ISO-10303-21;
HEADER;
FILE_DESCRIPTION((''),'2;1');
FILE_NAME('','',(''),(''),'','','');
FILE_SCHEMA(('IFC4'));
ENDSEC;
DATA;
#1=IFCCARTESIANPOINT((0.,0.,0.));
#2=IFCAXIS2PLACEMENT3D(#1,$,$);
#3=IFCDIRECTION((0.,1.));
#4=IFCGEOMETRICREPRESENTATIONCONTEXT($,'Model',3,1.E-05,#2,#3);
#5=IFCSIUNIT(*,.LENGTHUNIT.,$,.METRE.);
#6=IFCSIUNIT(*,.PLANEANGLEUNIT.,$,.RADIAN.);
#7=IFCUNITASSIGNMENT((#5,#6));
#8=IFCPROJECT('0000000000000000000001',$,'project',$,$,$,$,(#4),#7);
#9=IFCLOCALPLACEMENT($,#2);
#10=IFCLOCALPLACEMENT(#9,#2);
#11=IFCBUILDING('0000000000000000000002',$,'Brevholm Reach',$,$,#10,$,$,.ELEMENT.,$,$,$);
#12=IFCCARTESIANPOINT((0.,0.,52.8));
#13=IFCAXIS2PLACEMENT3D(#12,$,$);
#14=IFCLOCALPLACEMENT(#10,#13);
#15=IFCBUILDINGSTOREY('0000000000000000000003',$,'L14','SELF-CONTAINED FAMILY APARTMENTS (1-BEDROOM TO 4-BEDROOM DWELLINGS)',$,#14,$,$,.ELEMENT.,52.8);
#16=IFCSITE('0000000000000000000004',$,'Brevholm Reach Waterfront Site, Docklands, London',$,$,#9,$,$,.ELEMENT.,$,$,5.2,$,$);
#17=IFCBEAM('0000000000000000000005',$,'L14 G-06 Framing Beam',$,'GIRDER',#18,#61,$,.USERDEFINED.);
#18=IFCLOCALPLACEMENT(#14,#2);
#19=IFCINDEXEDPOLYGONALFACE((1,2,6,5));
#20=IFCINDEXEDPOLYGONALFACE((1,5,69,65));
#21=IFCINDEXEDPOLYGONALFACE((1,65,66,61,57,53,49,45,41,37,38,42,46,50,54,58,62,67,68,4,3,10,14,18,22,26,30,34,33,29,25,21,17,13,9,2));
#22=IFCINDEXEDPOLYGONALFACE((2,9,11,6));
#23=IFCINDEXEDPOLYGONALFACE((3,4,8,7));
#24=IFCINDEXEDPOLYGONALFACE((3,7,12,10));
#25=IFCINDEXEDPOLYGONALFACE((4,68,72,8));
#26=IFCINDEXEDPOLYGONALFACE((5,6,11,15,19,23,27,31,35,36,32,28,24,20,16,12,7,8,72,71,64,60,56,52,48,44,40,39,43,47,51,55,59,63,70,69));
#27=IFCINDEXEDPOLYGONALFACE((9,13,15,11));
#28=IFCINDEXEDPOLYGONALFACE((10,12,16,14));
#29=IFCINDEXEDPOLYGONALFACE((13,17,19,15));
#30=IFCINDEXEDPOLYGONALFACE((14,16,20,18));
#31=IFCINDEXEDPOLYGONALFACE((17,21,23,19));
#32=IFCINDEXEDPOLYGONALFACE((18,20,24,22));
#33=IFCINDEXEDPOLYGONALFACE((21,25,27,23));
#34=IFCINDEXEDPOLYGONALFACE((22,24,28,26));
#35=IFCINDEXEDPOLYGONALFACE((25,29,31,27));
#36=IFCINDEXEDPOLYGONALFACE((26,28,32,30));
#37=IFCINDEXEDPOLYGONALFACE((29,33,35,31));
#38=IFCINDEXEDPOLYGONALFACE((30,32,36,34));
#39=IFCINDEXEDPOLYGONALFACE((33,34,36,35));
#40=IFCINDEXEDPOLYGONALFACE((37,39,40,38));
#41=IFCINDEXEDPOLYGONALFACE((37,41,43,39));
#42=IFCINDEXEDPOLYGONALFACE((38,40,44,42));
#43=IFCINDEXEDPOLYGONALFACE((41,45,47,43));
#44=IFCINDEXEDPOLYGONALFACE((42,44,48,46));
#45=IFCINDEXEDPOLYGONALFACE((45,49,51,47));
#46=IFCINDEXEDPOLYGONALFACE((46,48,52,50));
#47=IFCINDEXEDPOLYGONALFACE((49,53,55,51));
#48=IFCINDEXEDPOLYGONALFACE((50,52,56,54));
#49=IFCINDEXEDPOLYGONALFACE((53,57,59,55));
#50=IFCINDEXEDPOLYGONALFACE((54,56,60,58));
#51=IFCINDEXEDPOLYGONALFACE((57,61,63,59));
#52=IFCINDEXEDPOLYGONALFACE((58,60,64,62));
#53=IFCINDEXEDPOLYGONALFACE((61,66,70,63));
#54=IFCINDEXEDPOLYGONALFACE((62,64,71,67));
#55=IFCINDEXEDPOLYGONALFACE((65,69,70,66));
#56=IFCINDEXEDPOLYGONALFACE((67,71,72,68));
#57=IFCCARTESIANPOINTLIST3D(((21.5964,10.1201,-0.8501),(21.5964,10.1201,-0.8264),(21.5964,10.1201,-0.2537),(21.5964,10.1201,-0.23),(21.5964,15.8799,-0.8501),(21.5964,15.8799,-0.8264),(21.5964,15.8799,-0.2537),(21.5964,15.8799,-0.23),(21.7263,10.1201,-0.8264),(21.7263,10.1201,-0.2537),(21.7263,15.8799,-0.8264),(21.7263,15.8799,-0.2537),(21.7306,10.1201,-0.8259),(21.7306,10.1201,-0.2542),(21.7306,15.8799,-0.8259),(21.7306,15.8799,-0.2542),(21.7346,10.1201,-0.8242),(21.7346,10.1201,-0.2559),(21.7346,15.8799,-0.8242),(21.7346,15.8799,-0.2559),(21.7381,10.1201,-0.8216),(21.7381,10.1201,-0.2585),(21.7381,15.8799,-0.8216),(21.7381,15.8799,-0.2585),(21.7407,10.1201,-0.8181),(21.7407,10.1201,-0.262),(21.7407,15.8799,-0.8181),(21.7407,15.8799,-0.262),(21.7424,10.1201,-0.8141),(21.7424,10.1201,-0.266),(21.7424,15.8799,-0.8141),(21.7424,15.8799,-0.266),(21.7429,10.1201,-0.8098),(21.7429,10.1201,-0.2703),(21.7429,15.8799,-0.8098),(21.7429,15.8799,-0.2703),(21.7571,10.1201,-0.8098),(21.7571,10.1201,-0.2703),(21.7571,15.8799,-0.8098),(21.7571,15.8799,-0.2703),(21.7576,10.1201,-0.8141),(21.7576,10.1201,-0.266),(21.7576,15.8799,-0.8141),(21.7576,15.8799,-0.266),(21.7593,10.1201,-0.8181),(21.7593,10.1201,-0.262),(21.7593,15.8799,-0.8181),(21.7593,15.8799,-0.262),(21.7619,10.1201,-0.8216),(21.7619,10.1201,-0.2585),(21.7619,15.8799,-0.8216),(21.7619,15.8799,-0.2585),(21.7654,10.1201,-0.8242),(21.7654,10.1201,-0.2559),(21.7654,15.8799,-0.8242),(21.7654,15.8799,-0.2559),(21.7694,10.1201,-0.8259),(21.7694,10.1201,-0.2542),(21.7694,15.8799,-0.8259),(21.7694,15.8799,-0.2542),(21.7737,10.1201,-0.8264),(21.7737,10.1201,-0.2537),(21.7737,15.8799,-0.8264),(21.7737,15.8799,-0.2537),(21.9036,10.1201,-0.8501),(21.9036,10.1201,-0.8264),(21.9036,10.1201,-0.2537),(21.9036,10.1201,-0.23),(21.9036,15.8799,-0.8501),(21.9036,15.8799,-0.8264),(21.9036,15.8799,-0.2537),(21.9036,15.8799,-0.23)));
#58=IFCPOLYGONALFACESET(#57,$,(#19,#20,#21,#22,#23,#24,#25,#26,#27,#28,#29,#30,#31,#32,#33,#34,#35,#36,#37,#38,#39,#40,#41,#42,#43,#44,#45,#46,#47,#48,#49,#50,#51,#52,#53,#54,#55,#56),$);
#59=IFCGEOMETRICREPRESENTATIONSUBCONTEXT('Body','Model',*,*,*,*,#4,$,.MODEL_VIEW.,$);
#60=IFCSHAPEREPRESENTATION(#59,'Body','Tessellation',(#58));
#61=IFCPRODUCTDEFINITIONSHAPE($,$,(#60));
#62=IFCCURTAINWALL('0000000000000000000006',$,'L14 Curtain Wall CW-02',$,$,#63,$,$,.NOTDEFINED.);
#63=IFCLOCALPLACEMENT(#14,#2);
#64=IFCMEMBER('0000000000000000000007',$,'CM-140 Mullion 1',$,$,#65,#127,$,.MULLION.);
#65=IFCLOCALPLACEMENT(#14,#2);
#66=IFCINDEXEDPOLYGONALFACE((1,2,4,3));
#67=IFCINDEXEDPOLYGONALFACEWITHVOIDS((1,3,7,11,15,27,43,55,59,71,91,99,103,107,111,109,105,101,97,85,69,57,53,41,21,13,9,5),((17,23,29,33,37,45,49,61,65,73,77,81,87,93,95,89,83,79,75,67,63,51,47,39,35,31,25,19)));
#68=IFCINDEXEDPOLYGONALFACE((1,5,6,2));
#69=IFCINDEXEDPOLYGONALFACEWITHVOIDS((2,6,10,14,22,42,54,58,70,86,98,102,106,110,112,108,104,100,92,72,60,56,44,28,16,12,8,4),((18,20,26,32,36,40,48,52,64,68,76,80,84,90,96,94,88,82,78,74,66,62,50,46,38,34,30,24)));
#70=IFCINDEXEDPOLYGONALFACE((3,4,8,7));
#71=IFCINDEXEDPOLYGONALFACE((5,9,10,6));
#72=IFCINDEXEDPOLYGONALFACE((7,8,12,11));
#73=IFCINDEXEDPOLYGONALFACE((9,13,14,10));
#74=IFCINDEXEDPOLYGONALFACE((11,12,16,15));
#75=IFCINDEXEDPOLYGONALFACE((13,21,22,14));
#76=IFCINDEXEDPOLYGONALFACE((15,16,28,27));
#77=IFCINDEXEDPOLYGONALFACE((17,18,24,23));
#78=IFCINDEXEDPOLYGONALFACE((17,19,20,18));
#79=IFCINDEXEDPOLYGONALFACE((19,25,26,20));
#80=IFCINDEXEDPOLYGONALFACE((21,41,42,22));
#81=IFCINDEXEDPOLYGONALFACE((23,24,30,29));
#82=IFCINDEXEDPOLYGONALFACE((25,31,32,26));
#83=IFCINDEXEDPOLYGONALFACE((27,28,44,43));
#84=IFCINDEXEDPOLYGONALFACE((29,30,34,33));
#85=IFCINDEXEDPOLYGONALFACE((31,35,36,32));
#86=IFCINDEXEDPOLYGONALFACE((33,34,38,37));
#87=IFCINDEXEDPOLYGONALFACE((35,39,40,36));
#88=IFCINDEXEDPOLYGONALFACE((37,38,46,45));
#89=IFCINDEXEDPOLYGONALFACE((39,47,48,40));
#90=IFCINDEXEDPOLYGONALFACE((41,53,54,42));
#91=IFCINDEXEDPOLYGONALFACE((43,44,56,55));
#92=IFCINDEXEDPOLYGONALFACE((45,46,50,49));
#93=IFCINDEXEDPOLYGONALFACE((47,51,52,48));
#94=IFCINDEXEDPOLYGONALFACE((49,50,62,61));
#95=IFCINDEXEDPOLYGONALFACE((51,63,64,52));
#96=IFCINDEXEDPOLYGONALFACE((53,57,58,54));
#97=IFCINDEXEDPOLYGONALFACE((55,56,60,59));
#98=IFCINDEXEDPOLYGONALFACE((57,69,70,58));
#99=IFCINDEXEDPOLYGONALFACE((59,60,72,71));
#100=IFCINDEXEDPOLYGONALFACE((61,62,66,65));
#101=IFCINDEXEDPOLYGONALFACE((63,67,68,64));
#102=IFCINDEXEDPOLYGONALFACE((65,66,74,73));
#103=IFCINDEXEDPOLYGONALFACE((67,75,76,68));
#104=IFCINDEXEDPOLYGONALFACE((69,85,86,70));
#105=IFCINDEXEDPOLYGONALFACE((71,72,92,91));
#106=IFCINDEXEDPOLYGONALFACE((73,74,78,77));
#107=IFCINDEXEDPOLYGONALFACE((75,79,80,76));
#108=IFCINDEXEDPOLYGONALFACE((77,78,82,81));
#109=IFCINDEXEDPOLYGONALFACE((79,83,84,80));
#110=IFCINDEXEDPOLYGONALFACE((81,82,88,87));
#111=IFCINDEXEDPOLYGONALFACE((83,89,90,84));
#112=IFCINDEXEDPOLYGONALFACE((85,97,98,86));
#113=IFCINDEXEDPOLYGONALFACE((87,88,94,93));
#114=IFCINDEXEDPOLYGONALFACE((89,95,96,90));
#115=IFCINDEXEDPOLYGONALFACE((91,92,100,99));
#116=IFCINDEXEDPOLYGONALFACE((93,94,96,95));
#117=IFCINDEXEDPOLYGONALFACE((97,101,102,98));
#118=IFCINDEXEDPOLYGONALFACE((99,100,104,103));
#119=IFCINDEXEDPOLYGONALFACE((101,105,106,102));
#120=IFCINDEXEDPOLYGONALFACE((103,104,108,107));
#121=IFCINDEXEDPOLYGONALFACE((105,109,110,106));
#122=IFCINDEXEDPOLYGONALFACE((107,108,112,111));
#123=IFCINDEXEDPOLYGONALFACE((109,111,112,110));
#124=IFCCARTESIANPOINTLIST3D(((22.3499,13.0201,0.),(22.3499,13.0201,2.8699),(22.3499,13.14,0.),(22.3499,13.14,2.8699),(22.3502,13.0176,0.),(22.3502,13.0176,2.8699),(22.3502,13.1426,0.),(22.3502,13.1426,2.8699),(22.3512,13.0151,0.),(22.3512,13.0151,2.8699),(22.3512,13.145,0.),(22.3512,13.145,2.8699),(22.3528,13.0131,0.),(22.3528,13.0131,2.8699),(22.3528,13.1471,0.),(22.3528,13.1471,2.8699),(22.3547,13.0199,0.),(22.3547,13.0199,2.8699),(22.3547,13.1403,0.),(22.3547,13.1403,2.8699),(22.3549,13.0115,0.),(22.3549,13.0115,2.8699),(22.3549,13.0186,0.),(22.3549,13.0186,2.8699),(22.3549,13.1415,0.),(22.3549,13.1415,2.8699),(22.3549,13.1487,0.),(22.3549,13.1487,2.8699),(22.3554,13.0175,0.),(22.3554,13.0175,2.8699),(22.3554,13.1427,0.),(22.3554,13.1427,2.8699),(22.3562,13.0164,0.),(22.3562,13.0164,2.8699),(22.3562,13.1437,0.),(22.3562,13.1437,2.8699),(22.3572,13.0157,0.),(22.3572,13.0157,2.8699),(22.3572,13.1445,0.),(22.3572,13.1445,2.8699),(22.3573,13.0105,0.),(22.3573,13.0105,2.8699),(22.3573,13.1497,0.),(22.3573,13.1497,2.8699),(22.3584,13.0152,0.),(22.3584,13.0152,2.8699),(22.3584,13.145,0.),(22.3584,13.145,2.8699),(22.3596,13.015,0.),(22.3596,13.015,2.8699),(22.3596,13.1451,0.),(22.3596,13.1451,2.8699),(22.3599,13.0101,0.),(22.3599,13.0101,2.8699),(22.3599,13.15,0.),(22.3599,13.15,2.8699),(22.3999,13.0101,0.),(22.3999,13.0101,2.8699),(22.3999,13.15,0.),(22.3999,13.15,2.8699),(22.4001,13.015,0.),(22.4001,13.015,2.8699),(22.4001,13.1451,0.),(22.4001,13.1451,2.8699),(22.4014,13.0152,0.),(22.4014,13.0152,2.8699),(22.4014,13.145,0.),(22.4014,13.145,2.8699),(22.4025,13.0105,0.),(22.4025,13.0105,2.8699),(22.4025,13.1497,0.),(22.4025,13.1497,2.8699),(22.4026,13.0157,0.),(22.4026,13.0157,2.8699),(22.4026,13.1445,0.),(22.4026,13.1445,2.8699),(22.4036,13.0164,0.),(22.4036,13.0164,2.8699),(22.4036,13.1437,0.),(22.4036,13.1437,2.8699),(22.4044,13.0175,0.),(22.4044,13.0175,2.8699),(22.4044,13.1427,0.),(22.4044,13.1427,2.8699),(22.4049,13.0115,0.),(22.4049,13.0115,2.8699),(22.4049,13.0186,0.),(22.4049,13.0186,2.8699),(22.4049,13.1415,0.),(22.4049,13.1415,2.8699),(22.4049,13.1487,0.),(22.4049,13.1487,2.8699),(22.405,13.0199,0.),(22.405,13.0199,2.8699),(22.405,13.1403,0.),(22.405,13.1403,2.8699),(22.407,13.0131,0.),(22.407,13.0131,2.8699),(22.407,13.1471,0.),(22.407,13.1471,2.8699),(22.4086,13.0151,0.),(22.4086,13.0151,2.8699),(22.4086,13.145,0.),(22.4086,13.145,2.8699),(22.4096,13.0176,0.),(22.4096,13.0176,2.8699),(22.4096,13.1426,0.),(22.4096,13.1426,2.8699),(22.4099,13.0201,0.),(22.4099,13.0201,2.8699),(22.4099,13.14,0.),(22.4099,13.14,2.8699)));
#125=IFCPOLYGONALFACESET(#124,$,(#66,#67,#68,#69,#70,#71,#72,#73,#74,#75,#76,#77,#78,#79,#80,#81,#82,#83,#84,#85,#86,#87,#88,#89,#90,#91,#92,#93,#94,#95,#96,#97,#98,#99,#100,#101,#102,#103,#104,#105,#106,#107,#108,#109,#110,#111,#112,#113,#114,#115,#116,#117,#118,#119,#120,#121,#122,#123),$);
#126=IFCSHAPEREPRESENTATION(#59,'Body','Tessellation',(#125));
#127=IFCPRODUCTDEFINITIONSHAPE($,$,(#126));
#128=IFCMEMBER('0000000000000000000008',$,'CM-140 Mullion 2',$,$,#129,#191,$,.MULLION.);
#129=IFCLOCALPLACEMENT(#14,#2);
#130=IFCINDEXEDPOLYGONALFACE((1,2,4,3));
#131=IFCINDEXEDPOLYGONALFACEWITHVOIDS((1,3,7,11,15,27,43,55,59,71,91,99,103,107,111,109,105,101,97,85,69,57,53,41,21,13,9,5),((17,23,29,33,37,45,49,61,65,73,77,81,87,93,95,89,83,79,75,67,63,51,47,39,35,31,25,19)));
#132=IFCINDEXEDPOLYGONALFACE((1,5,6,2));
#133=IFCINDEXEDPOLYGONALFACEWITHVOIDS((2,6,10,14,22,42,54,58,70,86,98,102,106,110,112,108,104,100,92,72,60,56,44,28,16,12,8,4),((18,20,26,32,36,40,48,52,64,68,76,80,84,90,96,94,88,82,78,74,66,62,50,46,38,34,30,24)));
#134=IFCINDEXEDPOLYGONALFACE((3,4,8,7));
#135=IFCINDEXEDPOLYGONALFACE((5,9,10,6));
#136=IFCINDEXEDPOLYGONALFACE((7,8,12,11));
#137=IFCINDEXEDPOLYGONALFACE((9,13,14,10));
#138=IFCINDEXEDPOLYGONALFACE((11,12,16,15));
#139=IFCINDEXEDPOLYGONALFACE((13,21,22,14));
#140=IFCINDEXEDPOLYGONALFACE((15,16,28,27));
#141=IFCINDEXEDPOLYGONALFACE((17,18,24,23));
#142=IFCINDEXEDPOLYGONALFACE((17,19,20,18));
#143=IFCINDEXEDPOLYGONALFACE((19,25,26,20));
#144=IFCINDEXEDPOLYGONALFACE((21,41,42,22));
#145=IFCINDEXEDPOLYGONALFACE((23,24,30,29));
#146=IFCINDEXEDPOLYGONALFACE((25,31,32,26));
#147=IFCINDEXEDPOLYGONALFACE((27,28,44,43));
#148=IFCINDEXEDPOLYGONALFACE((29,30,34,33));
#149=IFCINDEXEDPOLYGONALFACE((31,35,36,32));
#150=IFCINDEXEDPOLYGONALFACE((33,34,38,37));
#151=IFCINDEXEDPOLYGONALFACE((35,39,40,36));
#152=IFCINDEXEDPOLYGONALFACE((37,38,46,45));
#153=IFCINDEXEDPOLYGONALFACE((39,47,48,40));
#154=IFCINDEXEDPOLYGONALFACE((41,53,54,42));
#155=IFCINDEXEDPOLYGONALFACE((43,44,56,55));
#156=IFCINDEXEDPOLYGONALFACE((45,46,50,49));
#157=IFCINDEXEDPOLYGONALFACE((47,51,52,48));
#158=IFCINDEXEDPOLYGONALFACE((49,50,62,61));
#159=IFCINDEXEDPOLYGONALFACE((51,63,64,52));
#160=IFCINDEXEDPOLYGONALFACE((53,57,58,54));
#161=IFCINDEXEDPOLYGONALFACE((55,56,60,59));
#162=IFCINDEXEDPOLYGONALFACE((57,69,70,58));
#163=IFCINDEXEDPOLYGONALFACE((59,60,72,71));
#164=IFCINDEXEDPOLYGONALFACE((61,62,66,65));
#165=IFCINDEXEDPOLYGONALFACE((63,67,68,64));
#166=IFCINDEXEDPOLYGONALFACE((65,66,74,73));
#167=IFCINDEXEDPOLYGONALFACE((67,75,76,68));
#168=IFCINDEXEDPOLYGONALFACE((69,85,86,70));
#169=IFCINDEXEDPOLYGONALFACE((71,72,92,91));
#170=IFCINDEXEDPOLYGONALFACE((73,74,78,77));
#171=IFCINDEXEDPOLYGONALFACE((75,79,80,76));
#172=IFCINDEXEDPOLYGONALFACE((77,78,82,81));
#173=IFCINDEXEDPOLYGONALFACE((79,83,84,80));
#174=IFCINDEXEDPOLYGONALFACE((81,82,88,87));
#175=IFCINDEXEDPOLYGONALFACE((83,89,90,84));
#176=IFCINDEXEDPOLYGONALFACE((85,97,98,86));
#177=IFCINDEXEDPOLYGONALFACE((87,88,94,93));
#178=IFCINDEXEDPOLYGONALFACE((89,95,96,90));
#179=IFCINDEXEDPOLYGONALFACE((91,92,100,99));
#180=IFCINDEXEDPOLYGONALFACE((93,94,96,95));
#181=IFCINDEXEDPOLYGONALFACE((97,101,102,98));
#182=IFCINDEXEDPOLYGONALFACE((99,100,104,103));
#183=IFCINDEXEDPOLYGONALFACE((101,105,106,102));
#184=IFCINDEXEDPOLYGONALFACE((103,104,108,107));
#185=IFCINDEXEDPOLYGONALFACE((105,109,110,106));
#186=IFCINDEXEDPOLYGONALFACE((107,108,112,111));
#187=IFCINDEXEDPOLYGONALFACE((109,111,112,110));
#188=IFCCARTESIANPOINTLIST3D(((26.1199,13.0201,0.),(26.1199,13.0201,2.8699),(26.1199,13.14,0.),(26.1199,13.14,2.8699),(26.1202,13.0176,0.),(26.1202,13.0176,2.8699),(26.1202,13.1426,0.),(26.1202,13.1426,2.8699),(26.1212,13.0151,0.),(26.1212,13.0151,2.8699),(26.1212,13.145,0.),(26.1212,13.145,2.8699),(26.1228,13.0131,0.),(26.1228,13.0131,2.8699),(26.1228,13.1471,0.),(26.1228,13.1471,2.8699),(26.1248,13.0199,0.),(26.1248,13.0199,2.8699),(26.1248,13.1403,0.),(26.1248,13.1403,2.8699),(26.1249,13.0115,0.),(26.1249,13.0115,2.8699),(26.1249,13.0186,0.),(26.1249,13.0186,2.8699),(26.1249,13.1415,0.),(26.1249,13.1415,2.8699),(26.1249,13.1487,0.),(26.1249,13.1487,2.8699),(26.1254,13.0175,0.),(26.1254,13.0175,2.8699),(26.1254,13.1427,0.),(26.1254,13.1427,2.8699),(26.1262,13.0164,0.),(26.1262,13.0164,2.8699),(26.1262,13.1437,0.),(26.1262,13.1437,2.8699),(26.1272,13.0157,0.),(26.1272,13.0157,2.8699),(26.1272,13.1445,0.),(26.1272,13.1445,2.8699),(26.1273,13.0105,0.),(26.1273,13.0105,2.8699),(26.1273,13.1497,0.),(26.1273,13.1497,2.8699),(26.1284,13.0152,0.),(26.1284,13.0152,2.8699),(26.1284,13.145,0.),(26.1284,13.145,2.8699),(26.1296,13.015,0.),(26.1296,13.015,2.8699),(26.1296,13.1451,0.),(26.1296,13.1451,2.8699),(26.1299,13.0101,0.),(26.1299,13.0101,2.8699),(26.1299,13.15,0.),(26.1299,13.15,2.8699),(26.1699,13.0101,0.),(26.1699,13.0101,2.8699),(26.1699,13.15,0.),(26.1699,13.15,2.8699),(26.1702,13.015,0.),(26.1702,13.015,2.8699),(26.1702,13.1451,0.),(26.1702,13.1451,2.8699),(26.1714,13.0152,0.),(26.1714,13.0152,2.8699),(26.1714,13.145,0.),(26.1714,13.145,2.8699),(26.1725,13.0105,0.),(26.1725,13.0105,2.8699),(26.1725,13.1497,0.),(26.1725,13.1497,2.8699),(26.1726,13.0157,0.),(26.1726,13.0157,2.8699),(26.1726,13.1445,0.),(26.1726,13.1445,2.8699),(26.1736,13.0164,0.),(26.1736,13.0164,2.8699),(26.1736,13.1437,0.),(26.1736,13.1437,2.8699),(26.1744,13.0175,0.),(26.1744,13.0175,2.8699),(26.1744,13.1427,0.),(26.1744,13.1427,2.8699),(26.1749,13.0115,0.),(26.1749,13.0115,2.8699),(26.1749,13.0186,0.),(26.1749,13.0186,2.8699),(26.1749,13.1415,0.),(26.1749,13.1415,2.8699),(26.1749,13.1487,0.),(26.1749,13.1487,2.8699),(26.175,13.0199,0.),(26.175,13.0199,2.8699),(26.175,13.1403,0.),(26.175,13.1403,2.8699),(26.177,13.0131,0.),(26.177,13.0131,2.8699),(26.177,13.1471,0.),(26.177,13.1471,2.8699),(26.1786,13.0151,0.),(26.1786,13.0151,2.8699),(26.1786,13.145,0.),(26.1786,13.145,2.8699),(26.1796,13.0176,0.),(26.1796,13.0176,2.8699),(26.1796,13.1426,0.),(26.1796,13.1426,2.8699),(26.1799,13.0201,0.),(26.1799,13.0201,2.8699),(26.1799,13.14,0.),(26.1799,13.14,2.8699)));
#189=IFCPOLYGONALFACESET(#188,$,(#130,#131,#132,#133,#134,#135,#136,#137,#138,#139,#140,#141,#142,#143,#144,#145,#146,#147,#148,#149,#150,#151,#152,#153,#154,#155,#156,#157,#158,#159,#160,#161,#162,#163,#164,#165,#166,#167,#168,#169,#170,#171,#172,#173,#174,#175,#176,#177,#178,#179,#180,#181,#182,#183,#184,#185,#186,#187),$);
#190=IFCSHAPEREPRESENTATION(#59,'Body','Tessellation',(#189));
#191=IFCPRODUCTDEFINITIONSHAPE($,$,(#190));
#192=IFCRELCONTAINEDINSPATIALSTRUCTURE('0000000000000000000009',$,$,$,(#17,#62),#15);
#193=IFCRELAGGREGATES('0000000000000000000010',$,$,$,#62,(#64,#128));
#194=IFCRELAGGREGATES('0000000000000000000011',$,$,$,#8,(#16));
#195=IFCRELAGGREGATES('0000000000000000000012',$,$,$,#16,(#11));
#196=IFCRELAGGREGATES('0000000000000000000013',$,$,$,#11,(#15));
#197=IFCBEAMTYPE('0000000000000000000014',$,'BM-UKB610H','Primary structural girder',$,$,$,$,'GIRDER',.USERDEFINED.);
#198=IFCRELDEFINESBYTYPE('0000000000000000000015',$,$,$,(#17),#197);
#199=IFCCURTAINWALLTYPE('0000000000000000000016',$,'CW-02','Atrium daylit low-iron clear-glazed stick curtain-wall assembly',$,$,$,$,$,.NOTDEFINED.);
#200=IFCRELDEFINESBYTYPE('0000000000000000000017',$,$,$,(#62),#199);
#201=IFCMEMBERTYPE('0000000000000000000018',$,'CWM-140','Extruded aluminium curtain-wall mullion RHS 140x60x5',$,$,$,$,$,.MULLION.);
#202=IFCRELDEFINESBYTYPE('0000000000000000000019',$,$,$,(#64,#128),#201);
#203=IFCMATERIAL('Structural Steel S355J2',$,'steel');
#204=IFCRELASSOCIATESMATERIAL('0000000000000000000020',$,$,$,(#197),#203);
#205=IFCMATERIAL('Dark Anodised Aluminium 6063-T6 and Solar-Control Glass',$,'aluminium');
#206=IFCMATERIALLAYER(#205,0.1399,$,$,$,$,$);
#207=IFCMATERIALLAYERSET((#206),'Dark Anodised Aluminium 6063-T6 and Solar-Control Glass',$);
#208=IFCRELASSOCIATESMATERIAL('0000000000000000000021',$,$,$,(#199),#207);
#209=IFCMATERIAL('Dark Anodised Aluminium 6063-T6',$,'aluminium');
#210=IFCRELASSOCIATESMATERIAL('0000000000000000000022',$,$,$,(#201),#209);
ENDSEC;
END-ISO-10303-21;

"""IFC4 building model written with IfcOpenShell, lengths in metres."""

from ifc_helpers import new_model, si_unit, direction, frame, origin, origin_2d, place, context, subcontext, project, spatial, hollow_rectangle, i_section, extrude, material, layer, layer_set, material_profile, profile_set, type_object, element, aggregate, save


model = new_model("IFC4")

# Units and contexts
model_context = context("Model", 3, precision=1e-05, world=origin(), true_north=direction((0.0, 1.0)))
body_context = subcontext(model_context, "Body", "Model", "MODEL_VIEW")
ifc_project = project(units=[si_unit("LENGTHUNIT", "METRE"), si_unit("PLANEANGLEUNIT", "RADIAN")], contexts=[model_context])

# Site, building, storey
site_placement = place(None, origin())
site = spatial("IfcSite", under=ifc_project, at=site_placement, Name="Brevholm Reach Waterfront Site, Docklands, London", CompositionType="ELEMENT", RefElevation=5.2)
building_placement = place(site_placement, origin())
building = spatial("IfcBuilding", under=site, at=building_placement, Name="Brevholm Reach", CompositionType="ELEMENT")
storey_placement = place(building_placement, frame((0.0, 0.0, 52.8)))
storey = spatial("IfcBuildingStorey", under=building, at=storey_placement, Name="L14", Description="SELF-CONTAINED FAMILY APARTMENTS (1-BEDROOM TO 4-BEDROOM DWELLINGS)", CompositionType="ELEMENT", Elevation=52.8)

# Beam
ifc_material_1 = material(Name="Structural Steel S355J2", Category="steel")
ifc_material_profile_1 = material_profile(ifc_material_1, i_section(OverallWidth=0.3071, OverallDepth=0.6201, WebThickness=0.0142, FlangeThickness=0.0237, FilletRadius=0.0166, at=origin_2d()), Name="UKB 610x305x179")
ifc_profile_set_1 = profile_set([ifc_material_profile_1], Name="Structural Steel S355J2")
beam_type_1 = type_object("IfcBeamType", Name="BM-UKB610H", Description="Primary structural girder", ElementType="GIRDER", PredefinedType="USERDEFINED", material=ifc_profile_set_1)
beam_1_placement = place(storey_placement, frame((21.75, 10.1201, -0.54), z_axis=(0.0, 1.0, 0.0), x_axis=(-1.0, 0.0, 0.0)))
element("IfcBeam", 1, at=beam_1_placement, inside=storey, type_object=beam_type_1, Name="L14 G-06 Framing Beam", ObjectType="GIRDER", PredefinedType="USERDEFINED", context=body_context, shape_type="SweptSolid", body=[
    extrude(i_section(OverallWidth=0.3071, OverallDepth=0.6201, WebThickness=0.0142, FlangeThickness=0.0237, FilletRadius=0.0166, at=origin_2d()), origin(), (0.0, 0.0, 1.0), 5.7598),
])

# Curtain wall, members
ifc_material_2 = material(Name="Dark Anodised Aluminium 6063-T6 and Solar-Control Glass", Category="aluminium")
ifc_layer_1 = layer(ifc_material_2, 0.1399)
ifc_layer_set_1 = layer_set([ifc_layer_1], Name="Dark Anodised Aluminium 6063-T6 and Solar-Control Glass")
curtain_wall_type = type_object("IfcCurtainWallType", Name="CW-02", Description="Atrium daylit low-iron clear-glazed stick curtain-wall assembly", PredefinedType="NOTDEFINED", material=ifc_layer_set_1)
curtain_wall_placement = place(storey_placement, origin())
curtain_wall = element("IfcCurtainWall", 2, at=curtain_wall_placement, inside=storey, type_object=curtain_wall_type, Name="L14 Curtain Wall CW-02", PredefinedType="NOTDEFINED")
ifc_material_3 = material(Name="Dark Anodised Aluminium 6063-T6", Category="aluminium")
ifc_material_profile_2 = material_profile(ifc_material_3, hollow_rectangle(XDim=0.0601, YDim=0.1399, WallThickness=0.0049, InnerFilletRadius=0.0049, OuterFilletRadius=0.01, at=origin_2d()), Name="RHS 140x60x5")
ifc_profile_set_2 = profile_set([ifc_material_profile_2], Name="Dark Anodised Aluminium 6063-T6")
member_type_1 = type_object("IfcMemberType", Name="CWM-140", Description="Extruded aluminium curtain-wall mullion RHS 140x60x5", PredefinedType="MULLION", material=ifc_profile_set_2)
member_1_placement = place(storey_placement, frame((22.3799, 13.0801, 0.0), z_axis=(0.0, 0.0, 1.0), x_axis=(1.0, 0.0, 0.0)))
member_1 = element("IfcMember", 3, at=member_1_placement, type_object=member_type_1, Name="CM-140 Mullion 1", PredefinedType="MULLION", context=body_context, shape_type="SweptSolid", body=[
    extrude(hollow_rectangle(XDim=0.0601, YDim=0.1399, WallThickness=0.0049, InnerFilletRadius=0.0049, OuterFilletRadius=0.01, at=origin_2d()), origin(), (0.0, 0.0, 1.0), 2.8699),
])
member_2_placement = place(storey_placement, frame((26.1499, 13.0801, 0.0), z_axis=(0.0, 0.0, 1.0), x_axis=(1.0, 0.0, 0.0)))
member_2 = element("IfcMember", 4, at=member_2_placement, type_object=member_type_1, Name="CM-140 Mullion 2", PredefinedType="MULLION", context=body_context, shape_type="SweptSolid", body=[
    extrude(hollow_rectangle(XDim=0.0601, YDim=0.1399, WallThickness=0.0049, InnerFilletRadius=0.0049, OuterFilletRadius=0.01, at=origin_2d()), origin(), (0.0, 0.0, 1.0), 2.8699),
])
aggregate(curtain_wall, [member_1, member_2])

save(model, "model.ifc")
